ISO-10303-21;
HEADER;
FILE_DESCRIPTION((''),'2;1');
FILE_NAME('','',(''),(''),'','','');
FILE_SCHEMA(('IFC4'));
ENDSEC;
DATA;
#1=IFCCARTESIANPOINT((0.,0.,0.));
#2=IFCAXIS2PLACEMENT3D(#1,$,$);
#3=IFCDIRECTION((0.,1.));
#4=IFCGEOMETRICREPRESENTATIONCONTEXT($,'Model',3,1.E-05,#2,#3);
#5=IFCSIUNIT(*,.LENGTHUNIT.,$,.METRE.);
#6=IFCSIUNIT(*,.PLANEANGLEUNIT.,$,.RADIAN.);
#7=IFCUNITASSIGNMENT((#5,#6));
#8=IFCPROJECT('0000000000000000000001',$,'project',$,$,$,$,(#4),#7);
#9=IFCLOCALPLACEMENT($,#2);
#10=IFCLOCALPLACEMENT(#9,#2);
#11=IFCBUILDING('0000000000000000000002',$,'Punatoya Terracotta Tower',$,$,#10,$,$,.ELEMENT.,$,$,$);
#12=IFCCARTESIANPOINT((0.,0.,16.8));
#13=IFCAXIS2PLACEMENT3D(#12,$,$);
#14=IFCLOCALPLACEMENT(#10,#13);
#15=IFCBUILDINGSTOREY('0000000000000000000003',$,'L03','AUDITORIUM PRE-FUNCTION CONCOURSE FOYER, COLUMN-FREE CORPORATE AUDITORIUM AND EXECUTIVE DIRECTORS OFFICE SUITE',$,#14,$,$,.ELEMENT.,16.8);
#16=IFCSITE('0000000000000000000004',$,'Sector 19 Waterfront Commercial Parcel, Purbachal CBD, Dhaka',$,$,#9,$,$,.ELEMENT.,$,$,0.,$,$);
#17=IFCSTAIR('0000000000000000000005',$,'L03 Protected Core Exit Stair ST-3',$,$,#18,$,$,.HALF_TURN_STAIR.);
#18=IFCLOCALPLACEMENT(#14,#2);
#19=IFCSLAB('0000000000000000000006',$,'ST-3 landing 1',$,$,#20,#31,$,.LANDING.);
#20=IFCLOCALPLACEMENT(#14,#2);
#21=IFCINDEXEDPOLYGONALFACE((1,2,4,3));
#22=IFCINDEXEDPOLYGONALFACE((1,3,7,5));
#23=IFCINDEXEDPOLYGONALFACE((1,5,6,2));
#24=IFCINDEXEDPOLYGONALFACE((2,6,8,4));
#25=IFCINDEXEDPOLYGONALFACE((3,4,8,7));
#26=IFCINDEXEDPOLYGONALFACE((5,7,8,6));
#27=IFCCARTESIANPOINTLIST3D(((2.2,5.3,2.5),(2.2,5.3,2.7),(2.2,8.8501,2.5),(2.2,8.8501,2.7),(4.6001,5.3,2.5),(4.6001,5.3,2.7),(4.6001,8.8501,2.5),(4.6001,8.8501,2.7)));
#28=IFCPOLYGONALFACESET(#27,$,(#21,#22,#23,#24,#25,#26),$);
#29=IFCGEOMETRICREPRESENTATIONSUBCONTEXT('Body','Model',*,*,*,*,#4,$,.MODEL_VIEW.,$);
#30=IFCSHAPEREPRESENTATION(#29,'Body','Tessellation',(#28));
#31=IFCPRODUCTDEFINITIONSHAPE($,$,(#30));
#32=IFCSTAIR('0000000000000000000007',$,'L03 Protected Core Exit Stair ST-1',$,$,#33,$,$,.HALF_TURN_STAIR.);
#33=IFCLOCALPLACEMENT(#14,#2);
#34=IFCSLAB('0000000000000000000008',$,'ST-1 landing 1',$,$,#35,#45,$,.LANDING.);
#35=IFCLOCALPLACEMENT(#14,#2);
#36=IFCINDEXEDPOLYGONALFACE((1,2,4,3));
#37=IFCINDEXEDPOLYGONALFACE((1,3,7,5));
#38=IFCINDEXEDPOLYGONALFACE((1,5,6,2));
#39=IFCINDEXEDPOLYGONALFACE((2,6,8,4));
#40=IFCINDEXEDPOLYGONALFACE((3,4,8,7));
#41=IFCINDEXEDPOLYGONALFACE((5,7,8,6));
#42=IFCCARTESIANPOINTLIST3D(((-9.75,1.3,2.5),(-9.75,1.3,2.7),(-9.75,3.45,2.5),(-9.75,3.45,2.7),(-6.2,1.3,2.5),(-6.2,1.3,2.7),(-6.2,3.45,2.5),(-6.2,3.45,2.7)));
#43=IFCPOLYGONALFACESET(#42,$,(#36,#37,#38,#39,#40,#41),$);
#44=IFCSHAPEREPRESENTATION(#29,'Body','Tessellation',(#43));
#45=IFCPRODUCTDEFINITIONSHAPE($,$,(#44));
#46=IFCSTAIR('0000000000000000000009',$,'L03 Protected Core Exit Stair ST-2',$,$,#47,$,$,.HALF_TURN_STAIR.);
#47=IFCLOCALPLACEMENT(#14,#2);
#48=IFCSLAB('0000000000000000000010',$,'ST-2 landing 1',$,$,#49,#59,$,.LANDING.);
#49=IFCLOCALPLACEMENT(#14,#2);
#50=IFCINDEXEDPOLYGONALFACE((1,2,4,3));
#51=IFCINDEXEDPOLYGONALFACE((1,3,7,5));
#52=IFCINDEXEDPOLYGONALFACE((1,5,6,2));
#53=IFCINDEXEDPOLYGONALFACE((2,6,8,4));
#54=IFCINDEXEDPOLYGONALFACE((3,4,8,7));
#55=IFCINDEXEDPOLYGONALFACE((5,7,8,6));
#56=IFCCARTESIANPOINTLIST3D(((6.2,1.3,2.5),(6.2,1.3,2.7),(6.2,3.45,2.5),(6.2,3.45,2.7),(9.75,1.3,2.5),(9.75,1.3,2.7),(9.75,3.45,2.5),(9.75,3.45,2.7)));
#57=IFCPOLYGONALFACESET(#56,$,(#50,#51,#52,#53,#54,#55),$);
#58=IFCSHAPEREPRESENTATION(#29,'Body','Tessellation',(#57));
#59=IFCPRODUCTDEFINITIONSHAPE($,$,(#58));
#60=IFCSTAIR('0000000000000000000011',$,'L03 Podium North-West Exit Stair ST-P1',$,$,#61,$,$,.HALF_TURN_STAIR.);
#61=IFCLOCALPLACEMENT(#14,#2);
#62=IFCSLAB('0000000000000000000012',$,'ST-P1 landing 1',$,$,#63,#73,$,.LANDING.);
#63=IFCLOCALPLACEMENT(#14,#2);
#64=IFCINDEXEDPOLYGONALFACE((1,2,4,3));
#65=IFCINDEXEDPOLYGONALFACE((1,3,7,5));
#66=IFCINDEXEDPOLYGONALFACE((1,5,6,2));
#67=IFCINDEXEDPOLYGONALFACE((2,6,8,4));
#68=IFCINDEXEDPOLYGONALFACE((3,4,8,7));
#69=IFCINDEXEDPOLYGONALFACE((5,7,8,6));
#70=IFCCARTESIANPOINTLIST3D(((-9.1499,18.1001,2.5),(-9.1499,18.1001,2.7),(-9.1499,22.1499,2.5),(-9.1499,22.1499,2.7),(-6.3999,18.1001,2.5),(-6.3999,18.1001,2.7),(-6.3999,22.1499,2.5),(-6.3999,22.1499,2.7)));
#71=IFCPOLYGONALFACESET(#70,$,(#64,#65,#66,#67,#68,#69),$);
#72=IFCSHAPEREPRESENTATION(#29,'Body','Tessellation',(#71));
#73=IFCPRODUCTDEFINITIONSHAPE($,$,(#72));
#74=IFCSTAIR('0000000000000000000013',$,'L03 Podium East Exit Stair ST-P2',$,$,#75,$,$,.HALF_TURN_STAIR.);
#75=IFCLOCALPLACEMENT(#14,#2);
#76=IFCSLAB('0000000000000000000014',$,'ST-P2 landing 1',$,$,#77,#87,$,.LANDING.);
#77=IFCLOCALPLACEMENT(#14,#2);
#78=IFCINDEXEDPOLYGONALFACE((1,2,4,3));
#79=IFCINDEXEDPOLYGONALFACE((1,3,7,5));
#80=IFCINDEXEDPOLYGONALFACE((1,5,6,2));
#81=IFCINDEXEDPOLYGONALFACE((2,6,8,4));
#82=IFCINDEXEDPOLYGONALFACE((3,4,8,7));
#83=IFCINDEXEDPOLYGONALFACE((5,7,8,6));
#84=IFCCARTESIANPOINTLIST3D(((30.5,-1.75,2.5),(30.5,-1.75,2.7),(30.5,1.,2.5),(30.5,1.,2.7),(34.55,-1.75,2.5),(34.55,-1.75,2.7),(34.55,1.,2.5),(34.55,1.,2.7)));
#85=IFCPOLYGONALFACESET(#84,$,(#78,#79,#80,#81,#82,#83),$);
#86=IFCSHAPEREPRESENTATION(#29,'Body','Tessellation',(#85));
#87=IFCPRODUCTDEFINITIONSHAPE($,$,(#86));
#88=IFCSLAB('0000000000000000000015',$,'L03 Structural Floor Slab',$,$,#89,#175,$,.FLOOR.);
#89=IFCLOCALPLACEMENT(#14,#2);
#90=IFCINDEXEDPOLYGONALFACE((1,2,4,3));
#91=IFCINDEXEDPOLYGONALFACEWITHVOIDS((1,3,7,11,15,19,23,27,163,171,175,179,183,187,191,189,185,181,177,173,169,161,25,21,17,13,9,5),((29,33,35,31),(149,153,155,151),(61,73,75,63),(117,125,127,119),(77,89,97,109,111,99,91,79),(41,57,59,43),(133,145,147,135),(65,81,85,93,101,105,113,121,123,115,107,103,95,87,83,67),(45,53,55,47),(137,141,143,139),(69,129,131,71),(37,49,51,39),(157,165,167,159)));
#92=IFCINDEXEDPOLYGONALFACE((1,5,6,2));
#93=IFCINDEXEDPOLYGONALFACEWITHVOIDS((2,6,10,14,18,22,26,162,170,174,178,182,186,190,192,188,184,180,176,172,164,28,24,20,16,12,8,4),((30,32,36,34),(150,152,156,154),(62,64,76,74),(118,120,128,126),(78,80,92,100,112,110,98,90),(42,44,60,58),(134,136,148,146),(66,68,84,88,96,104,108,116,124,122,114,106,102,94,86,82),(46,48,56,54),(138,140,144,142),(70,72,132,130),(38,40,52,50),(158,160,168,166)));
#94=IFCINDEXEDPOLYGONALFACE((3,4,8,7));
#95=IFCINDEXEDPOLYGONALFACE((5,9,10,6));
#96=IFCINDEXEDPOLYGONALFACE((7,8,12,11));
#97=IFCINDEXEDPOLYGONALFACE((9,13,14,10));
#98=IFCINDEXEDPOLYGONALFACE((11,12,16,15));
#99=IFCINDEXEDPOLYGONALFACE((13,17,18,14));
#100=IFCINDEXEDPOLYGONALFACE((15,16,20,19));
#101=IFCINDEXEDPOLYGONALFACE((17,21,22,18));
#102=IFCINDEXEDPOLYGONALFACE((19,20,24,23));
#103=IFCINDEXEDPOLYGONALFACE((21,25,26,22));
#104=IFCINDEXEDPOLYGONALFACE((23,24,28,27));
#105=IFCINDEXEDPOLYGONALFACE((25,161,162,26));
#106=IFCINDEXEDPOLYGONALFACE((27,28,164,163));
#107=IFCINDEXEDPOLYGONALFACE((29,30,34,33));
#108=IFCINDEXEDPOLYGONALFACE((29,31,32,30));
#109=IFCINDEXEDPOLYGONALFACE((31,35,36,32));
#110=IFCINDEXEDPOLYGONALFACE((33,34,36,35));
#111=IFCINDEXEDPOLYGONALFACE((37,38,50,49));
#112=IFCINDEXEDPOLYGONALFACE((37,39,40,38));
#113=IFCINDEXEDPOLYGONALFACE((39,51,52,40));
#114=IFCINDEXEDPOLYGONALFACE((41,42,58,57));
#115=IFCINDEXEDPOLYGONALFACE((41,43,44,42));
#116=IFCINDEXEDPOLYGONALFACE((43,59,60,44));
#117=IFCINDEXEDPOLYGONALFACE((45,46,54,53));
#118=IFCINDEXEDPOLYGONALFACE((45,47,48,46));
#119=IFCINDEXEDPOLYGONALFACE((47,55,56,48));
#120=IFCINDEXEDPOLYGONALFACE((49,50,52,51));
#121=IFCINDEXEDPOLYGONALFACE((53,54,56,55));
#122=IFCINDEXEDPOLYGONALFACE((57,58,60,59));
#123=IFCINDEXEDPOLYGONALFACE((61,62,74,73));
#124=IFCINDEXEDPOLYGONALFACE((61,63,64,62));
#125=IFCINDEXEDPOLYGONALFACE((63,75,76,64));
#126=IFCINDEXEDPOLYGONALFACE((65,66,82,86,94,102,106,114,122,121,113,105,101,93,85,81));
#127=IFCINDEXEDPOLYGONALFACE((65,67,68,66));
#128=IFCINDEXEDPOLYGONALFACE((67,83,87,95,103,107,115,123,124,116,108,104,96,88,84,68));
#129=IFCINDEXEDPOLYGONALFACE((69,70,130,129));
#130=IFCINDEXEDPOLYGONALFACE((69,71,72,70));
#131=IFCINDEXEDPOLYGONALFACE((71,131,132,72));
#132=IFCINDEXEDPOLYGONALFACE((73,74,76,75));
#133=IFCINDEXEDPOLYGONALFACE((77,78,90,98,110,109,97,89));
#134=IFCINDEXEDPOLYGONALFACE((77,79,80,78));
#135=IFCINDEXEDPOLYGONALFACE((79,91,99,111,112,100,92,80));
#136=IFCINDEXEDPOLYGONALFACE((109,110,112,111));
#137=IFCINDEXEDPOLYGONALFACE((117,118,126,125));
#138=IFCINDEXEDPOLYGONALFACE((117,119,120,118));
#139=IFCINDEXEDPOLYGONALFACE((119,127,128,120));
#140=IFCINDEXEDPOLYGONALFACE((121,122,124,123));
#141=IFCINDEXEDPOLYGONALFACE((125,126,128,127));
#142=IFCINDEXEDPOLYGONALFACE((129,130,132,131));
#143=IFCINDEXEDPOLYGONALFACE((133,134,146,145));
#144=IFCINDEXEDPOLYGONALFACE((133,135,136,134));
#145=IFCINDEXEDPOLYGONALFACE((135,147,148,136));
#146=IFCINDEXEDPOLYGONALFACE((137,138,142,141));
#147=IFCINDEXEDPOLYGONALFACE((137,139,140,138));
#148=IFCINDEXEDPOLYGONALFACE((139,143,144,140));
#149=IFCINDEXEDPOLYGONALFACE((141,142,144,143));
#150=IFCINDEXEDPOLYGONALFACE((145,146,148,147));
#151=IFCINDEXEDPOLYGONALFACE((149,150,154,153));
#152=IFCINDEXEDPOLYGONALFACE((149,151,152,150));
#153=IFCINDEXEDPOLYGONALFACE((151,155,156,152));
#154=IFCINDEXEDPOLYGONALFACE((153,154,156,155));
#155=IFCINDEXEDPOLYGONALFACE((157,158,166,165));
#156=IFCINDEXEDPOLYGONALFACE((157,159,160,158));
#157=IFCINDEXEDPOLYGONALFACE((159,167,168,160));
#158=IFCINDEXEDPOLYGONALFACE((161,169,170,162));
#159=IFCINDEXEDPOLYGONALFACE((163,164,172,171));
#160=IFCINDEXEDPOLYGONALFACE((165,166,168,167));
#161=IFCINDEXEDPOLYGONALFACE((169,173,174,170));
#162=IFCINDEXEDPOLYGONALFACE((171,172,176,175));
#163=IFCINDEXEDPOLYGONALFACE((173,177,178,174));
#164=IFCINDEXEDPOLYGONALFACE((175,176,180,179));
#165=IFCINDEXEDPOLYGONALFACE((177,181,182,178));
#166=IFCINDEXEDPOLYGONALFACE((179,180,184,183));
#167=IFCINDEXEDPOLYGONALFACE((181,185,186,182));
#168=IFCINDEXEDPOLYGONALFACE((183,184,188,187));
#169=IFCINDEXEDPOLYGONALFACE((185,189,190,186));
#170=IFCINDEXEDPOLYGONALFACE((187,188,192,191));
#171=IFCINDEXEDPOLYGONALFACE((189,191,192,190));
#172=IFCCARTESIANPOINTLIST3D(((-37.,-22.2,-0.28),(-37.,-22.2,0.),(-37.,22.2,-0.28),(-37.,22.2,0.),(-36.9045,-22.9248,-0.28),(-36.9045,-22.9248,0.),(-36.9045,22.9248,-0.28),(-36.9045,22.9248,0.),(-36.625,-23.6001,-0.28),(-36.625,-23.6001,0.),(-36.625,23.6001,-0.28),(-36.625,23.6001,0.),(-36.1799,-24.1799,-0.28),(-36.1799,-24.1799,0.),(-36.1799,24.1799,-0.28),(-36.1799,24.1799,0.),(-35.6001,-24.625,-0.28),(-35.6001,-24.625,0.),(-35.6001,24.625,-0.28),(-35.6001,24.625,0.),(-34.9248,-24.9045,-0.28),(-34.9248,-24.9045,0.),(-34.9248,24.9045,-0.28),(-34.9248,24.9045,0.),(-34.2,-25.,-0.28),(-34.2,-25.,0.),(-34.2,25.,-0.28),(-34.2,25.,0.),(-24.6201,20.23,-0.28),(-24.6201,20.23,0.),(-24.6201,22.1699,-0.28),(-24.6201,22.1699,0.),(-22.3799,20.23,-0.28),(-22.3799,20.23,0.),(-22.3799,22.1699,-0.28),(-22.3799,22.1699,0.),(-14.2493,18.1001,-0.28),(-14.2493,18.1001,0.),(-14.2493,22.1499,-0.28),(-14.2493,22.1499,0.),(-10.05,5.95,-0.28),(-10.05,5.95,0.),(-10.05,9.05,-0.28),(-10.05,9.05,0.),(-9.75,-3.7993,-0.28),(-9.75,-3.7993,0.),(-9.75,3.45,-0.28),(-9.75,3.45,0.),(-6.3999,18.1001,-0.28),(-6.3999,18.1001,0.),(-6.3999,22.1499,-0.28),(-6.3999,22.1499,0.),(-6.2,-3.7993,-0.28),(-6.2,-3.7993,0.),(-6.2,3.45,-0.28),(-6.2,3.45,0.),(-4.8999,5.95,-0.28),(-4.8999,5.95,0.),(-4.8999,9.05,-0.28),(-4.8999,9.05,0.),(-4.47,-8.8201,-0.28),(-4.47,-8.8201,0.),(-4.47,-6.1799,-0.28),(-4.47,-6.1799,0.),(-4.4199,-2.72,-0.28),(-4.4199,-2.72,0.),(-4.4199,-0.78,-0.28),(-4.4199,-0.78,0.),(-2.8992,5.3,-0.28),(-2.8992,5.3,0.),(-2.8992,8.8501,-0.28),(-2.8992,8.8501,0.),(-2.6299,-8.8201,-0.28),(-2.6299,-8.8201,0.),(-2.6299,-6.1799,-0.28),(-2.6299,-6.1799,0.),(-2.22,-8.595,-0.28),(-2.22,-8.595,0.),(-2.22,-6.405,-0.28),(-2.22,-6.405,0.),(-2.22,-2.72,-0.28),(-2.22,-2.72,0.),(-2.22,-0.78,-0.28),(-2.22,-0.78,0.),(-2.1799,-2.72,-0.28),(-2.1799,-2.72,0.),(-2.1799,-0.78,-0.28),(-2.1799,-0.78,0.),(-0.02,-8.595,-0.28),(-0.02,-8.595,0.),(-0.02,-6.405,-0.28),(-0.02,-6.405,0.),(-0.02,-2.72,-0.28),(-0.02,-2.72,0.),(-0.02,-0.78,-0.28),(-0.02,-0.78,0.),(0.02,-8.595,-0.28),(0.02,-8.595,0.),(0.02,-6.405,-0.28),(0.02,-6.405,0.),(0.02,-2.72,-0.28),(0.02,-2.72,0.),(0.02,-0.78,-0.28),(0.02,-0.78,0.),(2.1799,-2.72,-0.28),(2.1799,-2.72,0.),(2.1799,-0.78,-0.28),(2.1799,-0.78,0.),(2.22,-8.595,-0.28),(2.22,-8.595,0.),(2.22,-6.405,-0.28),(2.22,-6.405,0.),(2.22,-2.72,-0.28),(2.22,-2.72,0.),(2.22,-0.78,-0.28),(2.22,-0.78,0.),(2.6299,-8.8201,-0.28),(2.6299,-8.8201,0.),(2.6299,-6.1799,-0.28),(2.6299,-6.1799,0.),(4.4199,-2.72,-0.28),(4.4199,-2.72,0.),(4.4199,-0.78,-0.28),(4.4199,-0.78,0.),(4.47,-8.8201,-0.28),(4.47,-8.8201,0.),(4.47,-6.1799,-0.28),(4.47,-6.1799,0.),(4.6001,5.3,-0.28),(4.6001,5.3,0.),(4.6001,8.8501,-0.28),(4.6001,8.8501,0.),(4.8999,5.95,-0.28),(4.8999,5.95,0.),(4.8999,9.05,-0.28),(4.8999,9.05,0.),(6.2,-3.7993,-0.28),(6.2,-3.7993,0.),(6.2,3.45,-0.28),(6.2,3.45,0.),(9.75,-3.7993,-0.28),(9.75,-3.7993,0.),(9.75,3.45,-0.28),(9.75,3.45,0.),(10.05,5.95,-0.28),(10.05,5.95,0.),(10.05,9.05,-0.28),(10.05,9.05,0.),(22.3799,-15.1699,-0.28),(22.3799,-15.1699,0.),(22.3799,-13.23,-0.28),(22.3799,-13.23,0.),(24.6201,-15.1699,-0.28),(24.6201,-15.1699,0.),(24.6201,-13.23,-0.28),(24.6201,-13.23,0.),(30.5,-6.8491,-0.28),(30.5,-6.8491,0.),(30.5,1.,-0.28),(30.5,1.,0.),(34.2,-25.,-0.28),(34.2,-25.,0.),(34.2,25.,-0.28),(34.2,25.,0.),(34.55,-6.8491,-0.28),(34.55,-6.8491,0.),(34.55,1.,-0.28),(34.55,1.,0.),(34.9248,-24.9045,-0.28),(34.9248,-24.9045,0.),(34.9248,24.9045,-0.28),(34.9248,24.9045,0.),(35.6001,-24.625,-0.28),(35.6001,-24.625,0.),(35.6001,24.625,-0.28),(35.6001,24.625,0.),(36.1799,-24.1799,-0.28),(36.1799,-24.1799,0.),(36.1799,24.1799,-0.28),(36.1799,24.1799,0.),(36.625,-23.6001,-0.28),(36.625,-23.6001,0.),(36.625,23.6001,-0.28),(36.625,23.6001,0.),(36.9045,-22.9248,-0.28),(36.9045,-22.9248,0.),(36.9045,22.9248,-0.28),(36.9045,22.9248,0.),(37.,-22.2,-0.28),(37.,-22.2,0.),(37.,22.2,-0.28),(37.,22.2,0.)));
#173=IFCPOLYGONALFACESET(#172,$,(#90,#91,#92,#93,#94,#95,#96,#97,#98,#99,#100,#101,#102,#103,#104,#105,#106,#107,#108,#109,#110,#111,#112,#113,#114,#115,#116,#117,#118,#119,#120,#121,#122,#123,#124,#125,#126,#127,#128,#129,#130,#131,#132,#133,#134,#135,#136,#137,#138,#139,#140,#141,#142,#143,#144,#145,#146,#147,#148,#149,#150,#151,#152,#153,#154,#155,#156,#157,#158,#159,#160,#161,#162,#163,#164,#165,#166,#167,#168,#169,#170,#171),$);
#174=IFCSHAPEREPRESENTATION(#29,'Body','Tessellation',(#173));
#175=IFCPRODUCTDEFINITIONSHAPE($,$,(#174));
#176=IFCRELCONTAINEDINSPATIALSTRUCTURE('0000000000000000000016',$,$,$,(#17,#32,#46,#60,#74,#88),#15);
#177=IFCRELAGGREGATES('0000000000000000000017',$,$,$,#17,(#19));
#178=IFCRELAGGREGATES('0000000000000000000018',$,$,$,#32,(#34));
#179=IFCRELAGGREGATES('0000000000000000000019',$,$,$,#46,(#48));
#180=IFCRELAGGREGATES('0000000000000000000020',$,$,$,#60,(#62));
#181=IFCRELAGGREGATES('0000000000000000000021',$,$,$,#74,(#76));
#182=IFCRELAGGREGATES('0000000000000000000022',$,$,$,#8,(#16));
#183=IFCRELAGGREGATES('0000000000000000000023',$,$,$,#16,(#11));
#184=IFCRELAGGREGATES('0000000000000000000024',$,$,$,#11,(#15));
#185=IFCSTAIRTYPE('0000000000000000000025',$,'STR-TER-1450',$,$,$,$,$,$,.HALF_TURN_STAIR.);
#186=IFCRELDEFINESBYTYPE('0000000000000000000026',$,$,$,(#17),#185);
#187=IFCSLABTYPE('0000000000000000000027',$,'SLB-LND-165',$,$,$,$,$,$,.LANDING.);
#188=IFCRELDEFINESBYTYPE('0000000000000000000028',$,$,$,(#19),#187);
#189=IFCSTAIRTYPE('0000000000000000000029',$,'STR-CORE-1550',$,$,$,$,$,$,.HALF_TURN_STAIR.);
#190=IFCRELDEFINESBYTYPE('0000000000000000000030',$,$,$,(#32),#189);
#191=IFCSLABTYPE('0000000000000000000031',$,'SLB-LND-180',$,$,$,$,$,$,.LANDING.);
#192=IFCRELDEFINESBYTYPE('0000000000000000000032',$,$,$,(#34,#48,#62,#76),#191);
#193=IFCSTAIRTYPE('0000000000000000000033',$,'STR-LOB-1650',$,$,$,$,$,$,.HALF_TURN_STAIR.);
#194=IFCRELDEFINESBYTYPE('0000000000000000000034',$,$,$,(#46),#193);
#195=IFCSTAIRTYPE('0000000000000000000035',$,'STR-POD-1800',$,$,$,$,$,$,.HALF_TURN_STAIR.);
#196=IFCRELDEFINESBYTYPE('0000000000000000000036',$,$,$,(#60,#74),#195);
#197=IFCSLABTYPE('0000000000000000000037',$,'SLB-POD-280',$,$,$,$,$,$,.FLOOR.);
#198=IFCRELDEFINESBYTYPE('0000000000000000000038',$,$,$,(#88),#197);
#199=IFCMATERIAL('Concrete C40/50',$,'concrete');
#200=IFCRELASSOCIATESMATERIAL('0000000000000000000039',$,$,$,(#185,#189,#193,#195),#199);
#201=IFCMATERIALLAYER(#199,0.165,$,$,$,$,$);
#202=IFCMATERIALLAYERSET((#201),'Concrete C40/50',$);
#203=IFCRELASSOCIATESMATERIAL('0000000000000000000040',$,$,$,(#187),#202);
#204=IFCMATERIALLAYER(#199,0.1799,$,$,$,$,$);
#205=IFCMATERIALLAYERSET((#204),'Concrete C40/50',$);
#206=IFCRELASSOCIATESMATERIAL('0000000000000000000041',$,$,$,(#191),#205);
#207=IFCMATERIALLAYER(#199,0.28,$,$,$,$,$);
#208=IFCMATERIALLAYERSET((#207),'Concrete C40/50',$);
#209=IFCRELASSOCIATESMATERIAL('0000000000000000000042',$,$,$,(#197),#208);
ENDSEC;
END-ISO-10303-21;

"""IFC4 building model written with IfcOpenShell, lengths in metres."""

from ifc_helpers import new_model, si_unit, direction, frame, origin, place, context, subcontext, project, spatial, polyline, outline, extrude, material, layer, layer_set, type_object, element, aggregate, save


model = new_model("IFC4")

# Units and contexts
model_context = context("Model", 3, precision=1e-05, world=origin(), true_north=direction((0.0, 1.0)))
body_context = subcontext(model_context, "Body", "Model", "MODEL_VIEW")
ifc_project = project(units=[si_unit("LENGTHUNIT", "METRE"), si_unit("PLANEANGLEUNIT", "RADIAN")], contexts=[model_context])

# Site, building, storey
site_placement = place(None, origin())
site = spatial("IfcSite", under=ifc_project, at=site_placement, Name="Sector 19 Waterfront Commercial Parcel, Purbachal CBD, Dhaka", CompositionType="ELEMENT", RefElevation=0.0)
building_placement = place(site_placement, origin())
building = spatial("IfcBuilding", under=site, at=building_placement, Name="Punatoya Terracotta Tower", CompositionType="ELEMENT")
storey_placement = place(building_placement, frame((0.0, 0.0, 16.8)))
storey = spatial("IfcBuildingStorey", under=building, at=storey_placement, Name="L03", Description="AUDITORIUM PRE-FUNCTION CONCOURSE FOYER, COLUMN-FREE CORPORATE AUDITORIUM AND EXECUTIVE DIRECTORS OFFICE SUITE", CompositionType="ELEMENT", Elevation=16.8)

# Stairs, slabs
ifc_material_1 = material(Name="Concrete C40/50", Category="concrete")
stair_type_1 = type_object("IfcStairType", Name="STR-TER-1450", PredefinedType="HALF_TURN_STAIR", material=ifc_material_1)
stair_1_placement = place(storey_placement, origin())
stair_1 = element("IfcStair", 1, at=stair_1_placement, inside=storey, type_object=stair_type_1, Name="L03 Protected Core Exit Stair ST-3", PredefinedType="HALF_TURN_STAIR")
ifc_layer_1 = layer(ifc_material_1, 0.165)
ifc_layer_set_1 = layer_set([ifc_layer_1], Name="Concrete C40/50")
slab_type_1 = type_object("IfcSlabType", Name="SLB-LND-165", PredefinedType="LANDING", material=ifc_layer_set_1)
slab_1_placement = place(storey_placement, frame((0.0, 0.0, 2.5)))
slab_1 = element("IfcSlab", 2, at=slab_1_placement, type_object=slab_type_1, Name="ST-3 landing 1", PredefinedType="LANDING", context=body_context, shape_type="SweptSolid", body=[
    extrude(outline(polyline([(2.2, 5.3), (4.6001, 5.3), (4.6001, 8.8501), (2.2, 8.8501), (2.2, 5.3)])), origin(), (0.0, 0.0, 1.0), 0.2),
])
aggregate(stair_1, [slab_1])
stair_type_2 = type_object("IfcStairType", Name="STR-CORE-1550", PredefinedType="HALF_TURN_STAIR", material=ifc_material_1)
stair_2_placement = place(storey_placement, origin())
stair_2 = element("IfcStair", 3, at=stair_2_placement, inside=storey, type_object=stair_type_2, Name="L03 Protected Core Exit Stair ST-1", PredefinedType="HALF_TURN_STAIR")
ifc_layer_2 = layer(ifc_material_1, 0.1799)
ifc_layer_set_2 = layer_set([ifc_layer_2], Name="Concrete C40/50")
slab_type_2 = type_object("IfcSlabType", Name="SLB-LND-180", PredefinedType="LANDING", material=ifc_layer_set_2)
slab_2_placement = place(storey_placement, frame((0.0, 0.0, 2.5)))
slab_2 = element("IfcSlab", 4, at=slab_2_placement, type_object=slab_type_2, Name="ST-1 landing 1", PredefinedType="LANDING", context=body_context, shape_type="SweptSolid", body=[
    extrude(outline(polyline([(-6.2, 1.3), (-6.2, 3.45), (-9.75, 3.45), (-9.75, 1.3), (-6.2, 1.3)])), origin(), (0.0, 0.0, 1.0), 0.2),
])
aggregate(stair_2, [slab_2])
stair_type_3 = type_object("IfcStairType", Name="STR-LOB-1650", PredefinedType="HALF_TURN_STAIR", material=ifc_material_1)
stair_3_placement = place(storey_placement, origin())
stair_3 = element("IfcStair", 5, at=stair_3_placement, inside=storey, type_object=stair_type_3, Name="L03 Protected Core Exit Stair ST-2", PredefinedType="HALF_TURN_STAIR")
slab_3_placement = place(storey_placement, frame((0.0, 0.0, 2.5)))
slab_3 = element("IfcSlab", 6, at=slab_3_placement, type_object=slab_type_2, Name="ST-2 landing 1", PredefinedType="LANDING", context=body_context, shape_type="SweptSolid", body=[
    extrude(outline(polyline([(9.75, 1.3), (9.75, 3.45), (6.2, 3.45), (6.2, 1.3), (9.75, 1.3)])), origin(), (0.0, 0.0, 1.0), 0.2),
])
aggregate(stair_3, [slab_3])
stair_type_4 = type_object("IfcStairType", Name="STR-POD-1800", PredefinedType="HALF_TURN_STAIR", material=ifc_material_1)
stair_4_placement = place(storey_placement, origin())
stair_4 = element("IfcStair", 7, at=stair_4_placement, inside=storey, type_object=stair_type_4, Name="L03 Podium North-West Exit Stair ST-P1", PredefinedType="HALF_TURN_STAIR")
slab_4_placement = place(storey_placement, frame((0.0, 0.0, 2.5)))
slab_4 = element("IfcSlab", 8, at=slab_4_placement, type_object=slab_type_2, Name="ST-P1 landing 1", PredefinedType="LANDING", context=body_context, shape_type="SweptSolid", body=[
    extrude(outline(polyline([(-9.1499, 18.1001), (-6.3999, 18.1001), (-6.3999, 22.1499), (-9.1499, 22.1499), (-9.1499, 18.1001)])), origin(), (0.0, 0.0, 1.0), 0.2),
])
aggregate(stair_4, [slab_4])
stair_5_placement = place(storey_placement, origin())
stair_5 = element("IfcStair", 9, at=stair_5_placement, inside=storey, type_object=stair_type_4, Name="L03 Podium East Exit Stair ST-P2", PredefinedType="HALF_TURN_STAIR")
slab_5_placement = place(storey_placement, frame((0.0, 0.0, 2.5)))
slab_5 = element("IfcSlab", 10, at=slab_5_placement, type_object=slab_type_2, Name="ST-P2 landing 1", PredefinedType="LANDING", context=body_context, shape_type="SweptSolid", body=[
    extrude(outline(polyline([(34.55, -1.75), (34.55, 1.0), (30.5, 1.0), (30.5, -1.75), (34.55, -1.75)])), origin(), (0.0, 0.0, 1.0), 0.2),
])
aggregate(stair_5, [slab_5])

# Slab
ifc_layer_3 = layer(ifc_material_1, 0.28)
ifc_layer_set_3 = layer_set([ifc_layer_3], Name="Concrete C40/50")
slab_type_3 = type_object("IfcSlabType", Name="SLB-POD-280", PredefinedType="FLOOR", material=ifc_layer_set_3)
slab_6_placement = place(storey_placement, frame((0.0, 0.0, -0.28)))
element("IfcSlab", 11, at=slab_6_placement, inside=storey, type_object=slab_type_3, Name="L03 Structural Floor Slab", PredefinedType="FLOOR", context=body_context, shape_type="SweptSolid", body=[
    extrude(outline(polyline([(-34.2, -25.0), (-34.9248, -24.9045), (-35.6001, -24.625), (-36.1799, -24.1799), (-36.625, -23.6001), (-36.9045, -22.9248), (-37.0, -22.2), (-37.0, 22.2), (-36.9045, 22.9248), (-36.625, 23.6001), (-36.1799, 24.1799), (-35.6001, 24.625), (-34.9248, 24.9045), (-34.2, 25.0), (34.2, 25.0), (34.9248, 24.9045), (35.6001, 24.625), (36.1799, 24.1799), (36.625, 23.6001), (36.9045, 22.9248), (37.0, 22.2), (37.0, -22.2), (36.9045, -22.9248), (36.625, -23.6001), (36.1799, -24.1799), (35.6001, -24.625), (34.9248, -24.9045), (34.2, -25.0), (-34.2, -25.0)]), holes=[polyline([(-2.6299, -8.8201), (-2.6299, -6.1799), (-4.47, -6.1799), (-4.47, -8.8201), (-2.6299, -8.8201)]), polyline([(0.02, -8.595), (2.22, -8.595), (2.22, -6.405), (0.02, -6.405), (-0.02, -6.405), (-2.22, -6.405), (-2.22, -8.595), (-0.02, -8.595), (0.02, -8.595)]), polyline([(-2.22, -0.78), (-4.4199, -0.78), (-4.4199, -2.72), (-2.22, -2.72), (-2.1799, -2.72), (-0.02, -2.72), (0.02, -2.72), (2.1799, -2.72), (2.22, -2.72), (4.4199, -2.72), (4.4199, -0.78), (2.22, -0.78), (2.1799, -0.78), (0.02, -0.78), (-0.02, -0.78), (-2.1799, -0.78), (-2.22, -0.78)]), polyline([(-6.2, 3.45), (-9.75, 3.45), (-9.75, -3.7993), (-6.2, -3.7993), (-6.2, 3.45)]), polyline([(4.6001, 5.3), (4.6001, 8.8501), (-2.8992, 8.8501), (-2.8992, 5.3), (4.6001, 5.3)]), polyline([(-4.8999, 5.95), (-4.8999, 9.05), (-10.05, 9.05), (-10.05, 5.95), (-4.8999, 5.95)]), polyline([(-6.3999, 18.1001), (-6.3999, 22.1499), (-14.2493, 22.1499), (-14.2493, 18.1001), (-6.3999, 18.1001)]), polyline([(-22.3799, 20.23), (-22.3799, 22.1699), (-24.6201, 22.1699), (-24.6201, 20.23), (-22.3799, 20.23)]), polyline([(24.6201, -15.1699), (24.6201, -13.23), (22.3799, -13.23), (22.3799, -15.1699), (24.6201, -15.1699)]), polyline([(4.47, -8.8201), (4.47, -6.1799), (2.6299, -6.1799), (2.6299, -8.8201), (4.47, -8.8201)]), polyline([(34.55, 1.0), (30.5, 1.0), (30.5, -6.8491), (34.55, -6.8491), (34.55, 1.0)]), polyline([(9.75, -3.7993), (9.75, 3.45), (6.2, 3.45), (6.2, -3.7993), (9.75, -3.7993)]), polyline([(4.8999, 5.95), (10.05, 5.95), (10.05, 9.05), (4.8999, 9.05), (4.8999, 5.95)])]), origin(), (0.0, 0.0, 1.0), 0.28),
])

save(model, "model.ifc")
